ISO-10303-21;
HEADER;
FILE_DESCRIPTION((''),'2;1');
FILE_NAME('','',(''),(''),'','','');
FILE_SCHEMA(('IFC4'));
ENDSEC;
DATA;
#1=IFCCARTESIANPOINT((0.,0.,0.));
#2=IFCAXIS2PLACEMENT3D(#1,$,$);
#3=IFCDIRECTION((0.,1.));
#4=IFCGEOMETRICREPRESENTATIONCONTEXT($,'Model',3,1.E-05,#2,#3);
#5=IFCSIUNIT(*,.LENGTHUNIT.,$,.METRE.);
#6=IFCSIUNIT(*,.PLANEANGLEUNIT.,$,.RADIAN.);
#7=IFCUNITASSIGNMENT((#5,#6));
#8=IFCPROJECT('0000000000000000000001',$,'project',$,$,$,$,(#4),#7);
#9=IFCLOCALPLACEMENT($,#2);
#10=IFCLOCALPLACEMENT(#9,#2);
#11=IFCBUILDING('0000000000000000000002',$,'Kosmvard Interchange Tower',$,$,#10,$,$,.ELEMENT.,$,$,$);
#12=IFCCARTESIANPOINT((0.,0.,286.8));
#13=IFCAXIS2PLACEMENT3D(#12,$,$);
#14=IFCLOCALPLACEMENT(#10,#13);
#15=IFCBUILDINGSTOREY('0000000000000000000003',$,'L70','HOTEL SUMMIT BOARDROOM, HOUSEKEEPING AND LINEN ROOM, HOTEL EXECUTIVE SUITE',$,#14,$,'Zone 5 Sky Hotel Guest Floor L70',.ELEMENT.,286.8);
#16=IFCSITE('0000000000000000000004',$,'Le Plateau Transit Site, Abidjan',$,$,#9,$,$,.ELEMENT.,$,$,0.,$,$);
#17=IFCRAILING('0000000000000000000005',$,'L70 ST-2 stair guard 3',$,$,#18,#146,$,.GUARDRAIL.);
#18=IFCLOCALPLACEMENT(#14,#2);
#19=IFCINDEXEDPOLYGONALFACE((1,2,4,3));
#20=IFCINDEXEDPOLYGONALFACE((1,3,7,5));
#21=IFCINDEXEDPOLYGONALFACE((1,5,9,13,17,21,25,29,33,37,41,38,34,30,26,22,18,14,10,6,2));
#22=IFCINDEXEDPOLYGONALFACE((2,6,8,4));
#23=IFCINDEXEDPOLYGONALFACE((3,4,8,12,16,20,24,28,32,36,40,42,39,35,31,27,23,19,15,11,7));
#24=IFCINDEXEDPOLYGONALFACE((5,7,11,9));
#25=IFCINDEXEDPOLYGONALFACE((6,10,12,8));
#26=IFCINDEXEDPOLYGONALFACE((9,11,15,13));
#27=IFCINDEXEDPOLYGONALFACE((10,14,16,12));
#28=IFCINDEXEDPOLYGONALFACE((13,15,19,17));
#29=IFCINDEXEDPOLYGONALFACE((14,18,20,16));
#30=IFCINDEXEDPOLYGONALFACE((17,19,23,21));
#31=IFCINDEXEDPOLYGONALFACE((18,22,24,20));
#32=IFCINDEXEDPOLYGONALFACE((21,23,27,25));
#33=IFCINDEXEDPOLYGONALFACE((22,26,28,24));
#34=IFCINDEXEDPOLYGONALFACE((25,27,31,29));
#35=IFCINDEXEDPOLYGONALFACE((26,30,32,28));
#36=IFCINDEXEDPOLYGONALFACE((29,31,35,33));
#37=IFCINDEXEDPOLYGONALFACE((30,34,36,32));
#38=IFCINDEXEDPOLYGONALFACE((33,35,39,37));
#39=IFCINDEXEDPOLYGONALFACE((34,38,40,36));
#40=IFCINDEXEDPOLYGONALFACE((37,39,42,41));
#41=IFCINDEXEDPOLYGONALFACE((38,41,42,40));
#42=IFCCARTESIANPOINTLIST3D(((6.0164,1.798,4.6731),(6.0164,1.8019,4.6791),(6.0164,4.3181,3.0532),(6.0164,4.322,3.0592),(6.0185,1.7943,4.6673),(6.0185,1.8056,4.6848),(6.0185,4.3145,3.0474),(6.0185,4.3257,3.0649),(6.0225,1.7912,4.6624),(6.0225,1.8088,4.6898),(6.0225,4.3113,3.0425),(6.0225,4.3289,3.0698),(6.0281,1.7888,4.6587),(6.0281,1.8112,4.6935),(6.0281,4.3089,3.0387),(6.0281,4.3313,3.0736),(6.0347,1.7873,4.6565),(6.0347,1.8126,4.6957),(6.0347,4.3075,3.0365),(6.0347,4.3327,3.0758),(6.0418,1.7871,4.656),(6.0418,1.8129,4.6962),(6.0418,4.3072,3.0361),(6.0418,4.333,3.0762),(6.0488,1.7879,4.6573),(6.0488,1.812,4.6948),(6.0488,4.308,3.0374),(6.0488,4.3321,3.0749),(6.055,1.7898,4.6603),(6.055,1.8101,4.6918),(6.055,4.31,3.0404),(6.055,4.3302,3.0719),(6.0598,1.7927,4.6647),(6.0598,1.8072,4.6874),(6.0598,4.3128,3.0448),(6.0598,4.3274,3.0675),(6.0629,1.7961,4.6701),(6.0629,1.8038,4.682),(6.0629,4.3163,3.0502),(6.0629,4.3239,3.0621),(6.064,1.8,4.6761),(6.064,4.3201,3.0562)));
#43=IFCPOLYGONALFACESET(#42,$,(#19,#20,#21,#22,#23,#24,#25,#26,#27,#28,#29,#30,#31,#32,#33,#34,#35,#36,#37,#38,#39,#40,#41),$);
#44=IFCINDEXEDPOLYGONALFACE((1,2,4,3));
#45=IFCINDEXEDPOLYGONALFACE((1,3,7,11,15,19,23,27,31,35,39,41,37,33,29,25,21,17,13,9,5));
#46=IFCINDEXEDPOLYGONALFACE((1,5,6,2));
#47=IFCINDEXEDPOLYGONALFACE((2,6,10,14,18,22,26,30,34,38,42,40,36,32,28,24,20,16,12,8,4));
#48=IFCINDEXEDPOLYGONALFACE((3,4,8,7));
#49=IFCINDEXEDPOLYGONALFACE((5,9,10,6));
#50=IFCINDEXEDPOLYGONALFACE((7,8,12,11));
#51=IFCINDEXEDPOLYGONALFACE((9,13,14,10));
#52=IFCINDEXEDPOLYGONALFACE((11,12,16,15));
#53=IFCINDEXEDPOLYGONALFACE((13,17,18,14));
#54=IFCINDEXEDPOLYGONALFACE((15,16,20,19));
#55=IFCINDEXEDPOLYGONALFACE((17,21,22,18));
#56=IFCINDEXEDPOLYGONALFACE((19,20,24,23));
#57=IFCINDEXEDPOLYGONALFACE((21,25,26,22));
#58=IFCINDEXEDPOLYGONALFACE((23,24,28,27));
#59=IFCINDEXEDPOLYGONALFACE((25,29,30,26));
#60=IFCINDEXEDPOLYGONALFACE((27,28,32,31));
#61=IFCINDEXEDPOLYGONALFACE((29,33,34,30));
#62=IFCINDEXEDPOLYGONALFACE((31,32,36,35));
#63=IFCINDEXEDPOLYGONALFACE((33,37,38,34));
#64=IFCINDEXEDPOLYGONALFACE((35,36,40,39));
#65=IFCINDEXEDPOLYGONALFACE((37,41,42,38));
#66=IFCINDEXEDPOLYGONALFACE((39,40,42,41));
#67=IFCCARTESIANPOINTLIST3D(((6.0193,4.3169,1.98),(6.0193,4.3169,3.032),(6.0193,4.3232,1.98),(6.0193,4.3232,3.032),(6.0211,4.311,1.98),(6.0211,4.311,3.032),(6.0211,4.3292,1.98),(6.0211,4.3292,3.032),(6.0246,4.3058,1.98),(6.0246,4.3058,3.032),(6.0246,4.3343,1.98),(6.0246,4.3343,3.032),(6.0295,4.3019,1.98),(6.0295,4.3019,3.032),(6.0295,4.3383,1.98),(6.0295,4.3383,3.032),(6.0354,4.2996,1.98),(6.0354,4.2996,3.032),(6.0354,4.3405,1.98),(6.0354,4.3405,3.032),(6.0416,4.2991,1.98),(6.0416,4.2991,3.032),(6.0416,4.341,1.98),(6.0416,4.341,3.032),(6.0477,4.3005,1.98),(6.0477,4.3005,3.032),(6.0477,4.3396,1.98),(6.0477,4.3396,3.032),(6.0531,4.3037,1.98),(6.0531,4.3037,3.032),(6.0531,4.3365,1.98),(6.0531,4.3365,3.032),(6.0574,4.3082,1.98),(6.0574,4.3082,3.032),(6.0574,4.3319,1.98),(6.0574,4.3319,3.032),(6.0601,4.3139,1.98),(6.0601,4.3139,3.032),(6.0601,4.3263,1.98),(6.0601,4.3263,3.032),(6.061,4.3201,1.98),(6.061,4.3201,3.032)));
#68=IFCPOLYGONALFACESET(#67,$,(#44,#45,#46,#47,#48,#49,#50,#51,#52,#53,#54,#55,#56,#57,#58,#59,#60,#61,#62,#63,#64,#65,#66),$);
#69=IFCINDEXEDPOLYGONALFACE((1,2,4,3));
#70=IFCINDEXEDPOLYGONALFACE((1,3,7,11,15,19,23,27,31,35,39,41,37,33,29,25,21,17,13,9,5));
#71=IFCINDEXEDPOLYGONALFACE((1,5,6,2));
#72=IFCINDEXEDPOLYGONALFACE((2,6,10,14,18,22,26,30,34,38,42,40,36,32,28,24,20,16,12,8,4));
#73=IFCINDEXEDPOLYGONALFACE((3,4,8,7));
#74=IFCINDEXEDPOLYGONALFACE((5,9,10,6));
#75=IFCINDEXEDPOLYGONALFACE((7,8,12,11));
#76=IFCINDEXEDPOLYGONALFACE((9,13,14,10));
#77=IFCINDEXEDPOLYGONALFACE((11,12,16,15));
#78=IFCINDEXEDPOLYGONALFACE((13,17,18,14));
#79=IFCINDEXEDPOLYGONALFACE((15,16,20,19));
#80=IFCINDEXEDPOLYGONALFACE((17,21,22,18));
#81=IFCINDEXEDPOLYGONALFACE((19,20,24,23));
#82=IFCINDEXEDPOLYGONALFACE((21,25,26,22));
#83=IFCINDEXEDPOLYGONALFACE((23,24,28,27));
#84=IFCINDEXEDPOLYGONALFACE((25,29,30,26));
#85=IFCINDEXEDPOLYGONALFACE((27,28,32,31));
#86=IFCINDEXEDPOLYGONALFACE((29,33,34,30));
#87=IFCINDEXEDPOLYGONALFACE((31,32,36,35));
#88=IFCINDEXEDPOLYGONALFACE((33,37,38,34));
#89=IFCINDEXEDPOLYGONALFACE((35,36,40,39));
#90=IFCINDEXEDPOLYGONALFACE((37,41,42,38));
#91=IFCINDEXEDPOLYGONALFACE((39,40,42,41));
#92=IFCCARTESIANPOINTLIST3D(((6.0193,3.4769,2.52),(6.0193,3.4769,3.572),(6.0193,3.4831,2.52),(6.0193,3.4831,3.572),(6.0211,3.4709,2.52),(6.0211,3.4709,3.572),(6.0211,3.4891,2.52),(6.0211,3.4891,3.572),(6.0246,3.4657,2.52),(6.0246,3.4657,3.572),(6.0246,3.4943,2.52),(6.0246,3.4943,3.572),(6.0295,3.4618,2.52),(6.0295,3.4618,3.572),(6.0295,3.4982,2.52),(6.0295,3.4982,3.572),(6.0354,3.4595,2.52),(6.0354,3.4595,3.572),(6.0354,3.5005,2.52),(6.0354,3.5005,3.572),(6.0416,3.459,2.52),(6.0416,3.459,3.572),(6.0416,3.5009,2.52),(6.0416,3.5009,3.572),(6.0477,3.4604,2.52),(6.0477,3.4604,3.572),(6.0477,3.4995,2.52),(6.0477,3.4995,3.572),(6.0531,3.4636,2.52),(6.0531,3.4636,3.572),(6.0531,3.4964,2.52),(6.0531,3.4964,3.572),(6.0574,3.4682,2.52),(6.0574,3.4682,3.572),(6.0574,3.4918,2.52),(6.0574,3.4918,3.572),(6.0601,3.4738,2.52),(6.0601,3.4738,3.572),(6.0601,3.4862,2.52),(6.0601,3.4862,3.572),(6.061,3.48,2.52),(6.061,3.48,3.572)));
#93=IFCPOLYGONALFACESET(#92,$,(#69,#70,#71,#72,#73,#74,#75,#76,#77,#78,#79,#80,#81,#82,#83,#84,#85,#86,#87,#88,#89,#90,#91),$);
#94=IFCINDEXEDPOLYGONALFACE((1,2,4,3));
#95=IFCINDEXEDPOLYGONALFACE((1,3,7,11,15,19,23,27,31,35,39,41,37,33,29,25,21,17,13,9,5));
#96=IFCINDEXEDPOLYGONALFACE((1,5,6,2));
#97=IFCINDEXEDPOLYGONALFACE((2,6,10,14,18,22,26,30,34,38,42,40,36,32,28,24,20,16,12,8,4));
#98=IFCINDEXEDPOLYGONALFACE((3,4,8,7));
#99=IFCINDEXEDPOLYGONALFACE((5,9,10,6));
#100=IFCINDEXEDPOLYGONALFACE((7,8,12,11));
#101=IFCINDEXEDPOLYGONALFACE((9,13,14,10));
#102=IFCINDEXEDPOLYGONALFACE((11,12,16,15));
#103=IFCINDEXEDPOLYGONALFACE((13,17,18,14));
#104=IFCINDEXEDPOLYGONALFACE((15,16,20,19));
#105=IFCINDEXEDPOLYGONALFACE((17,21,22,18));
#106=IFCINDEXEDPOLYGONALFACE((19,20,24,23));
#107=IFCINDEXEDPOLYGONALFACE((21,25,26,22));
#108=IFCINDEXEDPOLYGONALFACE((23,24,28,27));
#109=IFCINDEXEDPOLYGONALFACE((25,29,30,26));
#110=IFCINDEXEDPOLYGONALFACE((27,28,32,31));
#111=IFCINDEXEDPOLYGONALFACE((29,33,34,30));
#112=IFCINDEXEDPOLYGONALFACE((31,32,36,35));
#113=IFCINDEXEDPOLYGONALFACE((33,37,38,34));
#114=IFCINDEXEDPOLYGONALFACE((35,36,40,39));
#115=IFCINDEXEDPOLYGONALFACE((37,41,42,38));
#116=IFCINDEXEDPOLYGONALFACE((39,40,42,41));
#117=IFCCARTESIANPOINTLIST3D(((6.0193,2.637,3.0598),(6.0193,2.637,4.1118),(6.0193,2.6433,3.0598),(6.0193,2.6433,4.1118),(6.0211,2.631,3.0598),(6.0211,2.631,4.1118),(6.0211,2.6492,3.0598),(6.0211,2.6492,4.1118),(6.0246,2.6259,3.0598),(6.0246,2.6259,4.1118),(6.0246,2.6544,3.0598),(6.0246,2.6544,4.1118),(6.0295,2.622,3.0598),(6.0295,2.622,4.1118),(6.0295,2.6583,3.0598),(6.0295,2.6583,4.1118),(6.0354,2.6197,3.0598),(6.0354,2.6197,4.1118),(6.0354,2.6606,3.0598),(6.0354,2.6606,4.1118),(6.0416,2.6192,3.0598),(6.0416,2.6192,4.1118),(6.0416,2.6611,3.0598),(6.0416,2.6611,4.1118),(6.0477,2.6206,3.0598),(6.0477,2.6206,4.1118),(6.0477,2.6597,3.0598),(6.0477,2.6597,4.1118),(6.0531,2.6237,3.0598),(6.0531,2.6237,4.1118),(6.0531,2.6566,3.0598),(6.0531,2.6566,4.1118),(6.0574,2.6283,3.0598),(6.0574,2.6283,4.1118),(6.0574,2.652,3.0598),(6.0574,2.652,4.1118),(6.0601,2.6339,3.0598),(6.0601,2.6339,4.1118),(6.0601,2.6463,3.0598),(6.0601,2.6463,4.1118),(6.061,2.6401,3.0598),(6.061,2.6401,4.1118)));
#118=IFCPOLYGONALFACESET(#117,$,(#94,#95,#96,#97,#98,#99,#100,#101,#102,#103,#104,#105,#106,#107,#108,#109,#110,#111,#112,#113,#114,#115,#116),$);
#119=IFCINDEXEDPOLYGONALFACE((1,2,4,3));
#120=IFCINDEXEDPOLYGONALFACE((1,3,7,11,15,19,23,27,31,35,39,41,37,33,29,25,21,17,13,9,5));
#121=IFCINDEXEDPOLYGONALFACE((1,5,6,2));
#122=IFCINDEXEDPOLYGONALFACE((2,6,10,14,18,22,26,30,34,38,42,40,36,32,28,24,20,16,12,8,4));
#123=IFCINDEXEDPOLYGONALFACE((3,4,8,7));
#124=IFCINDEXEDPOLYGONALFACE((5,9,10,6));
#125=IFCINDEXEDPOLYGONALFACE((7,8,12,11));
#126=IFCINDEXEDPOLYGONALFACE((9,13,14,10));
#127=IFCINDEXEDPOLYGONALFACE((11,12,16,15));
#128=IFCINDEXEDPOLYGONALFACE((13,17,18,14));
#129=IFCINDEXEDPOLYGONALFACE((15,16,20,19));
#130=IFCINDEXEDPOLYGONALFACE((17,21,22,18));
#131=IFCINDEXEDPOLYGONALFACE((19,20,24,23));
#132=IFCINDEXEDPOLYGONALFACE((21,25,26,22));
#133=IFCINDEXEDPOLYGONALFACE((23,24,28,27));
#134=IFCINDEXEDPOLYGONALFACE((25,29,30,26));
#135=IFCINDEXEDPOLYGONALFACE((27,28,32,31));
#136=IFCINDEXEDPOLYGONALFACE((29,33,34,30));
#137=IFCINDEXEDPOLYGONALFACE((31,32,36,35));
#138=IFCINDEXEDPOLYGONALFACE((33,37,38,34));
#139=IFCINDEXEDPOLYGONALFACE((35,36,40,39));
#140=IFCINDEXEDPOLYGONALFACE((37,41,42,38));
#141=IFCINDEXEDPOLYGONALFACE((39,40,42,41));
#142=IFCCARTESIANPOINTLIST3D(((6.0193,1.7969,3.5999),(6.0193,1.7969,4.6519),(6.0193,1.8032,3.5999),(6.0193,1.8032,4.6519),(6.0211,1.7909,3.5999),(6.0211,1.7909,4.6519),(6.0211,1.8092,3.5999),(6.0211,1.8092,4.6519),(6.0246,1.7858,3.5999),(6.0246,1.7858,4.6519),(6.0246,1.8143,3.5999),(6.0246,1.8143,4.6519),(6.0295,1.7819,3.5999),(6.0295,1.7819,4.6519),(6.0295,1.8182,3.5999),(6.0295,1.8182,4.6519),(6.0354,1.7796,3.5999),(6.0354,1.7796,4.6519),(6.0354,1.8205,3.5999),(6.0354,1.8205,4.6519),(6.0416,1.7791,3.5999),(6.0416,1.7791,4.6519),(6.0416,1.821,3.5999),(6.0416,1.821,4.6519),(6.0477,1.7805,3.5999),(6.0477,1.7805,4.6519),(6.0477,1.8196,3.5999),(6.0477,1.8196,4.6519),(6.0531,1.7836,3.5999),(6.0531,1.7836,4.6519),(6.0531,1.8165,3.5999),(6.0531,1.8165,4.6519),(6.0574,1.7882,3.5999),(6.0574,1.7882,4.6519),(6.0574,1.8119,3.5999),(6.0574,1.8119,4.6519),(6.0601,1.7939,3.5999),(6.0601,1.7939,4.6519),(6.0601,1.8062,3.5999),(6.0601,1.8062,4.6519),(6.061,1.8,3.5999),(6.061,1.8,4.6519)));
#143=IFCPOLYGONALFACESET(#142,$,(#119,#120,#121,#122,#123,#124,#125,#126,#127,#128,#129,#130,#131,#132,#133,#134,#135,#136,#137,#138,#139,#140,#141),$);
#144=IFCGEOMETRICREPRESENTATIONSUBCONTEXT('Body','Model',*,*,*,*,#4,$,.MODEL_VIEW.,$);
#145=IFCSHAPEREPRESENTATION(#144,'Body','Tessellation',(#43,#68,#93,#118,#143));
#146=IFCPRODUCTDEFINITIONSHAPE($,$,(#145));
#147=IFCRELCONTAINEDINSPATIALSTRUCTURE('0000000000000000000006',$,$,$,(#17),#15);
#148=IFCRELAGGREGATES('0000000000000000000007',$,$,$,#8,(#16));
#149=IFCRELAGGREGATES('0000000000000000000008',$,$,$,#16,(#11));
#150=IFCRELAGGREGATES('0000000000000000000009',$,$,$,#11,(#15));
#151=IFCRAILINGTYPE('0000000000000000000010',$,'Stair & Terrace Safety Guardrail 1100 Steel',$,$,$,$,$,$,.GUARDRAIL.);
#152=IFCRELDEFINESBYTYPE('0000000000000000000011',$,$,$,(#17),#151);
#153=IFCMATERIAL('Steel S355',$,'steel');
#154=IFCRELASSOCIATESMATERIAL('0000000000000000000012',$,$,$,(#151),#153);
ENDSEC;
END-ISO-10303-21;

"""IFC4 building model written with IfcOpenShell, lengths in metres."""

from ifc_helpers import new_model, si_unit, direction, frame, origin, origin_2d, place, context, subcontext, project, spatial, circle, extrude, source, transform, mapped, material, type_object, element, save


model = new_model("IFC4")

# Units and contexts
model_context = context("Model", 3, precision=1e-05, world=origin(), true_north=direction((0.0, 1.0)))
body_context = subcontext(model_context, "Body", "Model", "MODEL_VIEW")
ifc_project = project(units=[si_unit("LENGTHUNIT", "METRE"), si_unit("PLANEANGLEUNIT", "RADIAN")], contexts=[model_context])

# Site, building, storey
site_placement = place(None, origin())
site = spatial("IfcSite", under=ifc_project, at=site_placement, Name="Le Plateau Transit Site, Abidjan", CompositionType="ELEMENT", RefElevation=0.0)
building_placement = place(site_placement, origin())
building = spatial("IfcBuilding", under=site, at=building_placement, Name="Kosmvard Interchange Tower", CompositionType="ELEMENT")
storey_placement = place(building_placement, frame((0.0, 0.0, 286.8)))
storey = spatial("IfcBuildingStorey", under=building, at=storey_placement, Name="L70", Description="HOTEL SUMMIT BOARDROOM, HOUSEKEEPING AND LINEN ROOM, HOTEL EXECUTIVE SUITE", LongName="Zone 5 Sky Hotel Guest Floor L70", CompositionType="ELEMENT", Elevation=286.8)

# Shared definitions
ifc_material_1 = material(Name="Steel S355", Category="steel")

# Railing
railing_type_1 = type_object("IfcRailingType", Name="Stair & Terrace Safety Guardrail 1100 Steel", PredefinedType="GUARDRAIL", material=ifc_material_1)
shared_shape_1 = source(origin(), body_context, "Body", "SweptSolid", [
    extrude(circle(Radius=0.0239, at=origin_2d()), frame((0.0, 0.0, 1.0762), z_axis=(0.0, -0.8412, 0.540725), x_axis=(1.0, 0.0, 0.0)), (0.0, 0.0, 1.0), 2.9958),
    extrude(circle(Radius=0.021, at=origin_2d()), origin(), (0.0, 0.0, 1.0), 1.052),
    extrude(circle(Radius=0.021, at=origin_2d()), frame((0.0, -0.8401, 0.54)), (0.0, 0.0, 1.0), 1.052),
    extrude(circle(Radius=0.021, at=origin_2d()), frame((0.0, -1.6799, 1.0798)), (0.0, 0.0, 1.0), 1.052),
    extrude(circle(Radius=0.021, at=origin_2d()), frame((0.0, -2.52, 1.6199)), (0.0, 0.0, 1.0), 1.052),
])
railing_1_placement = place(storey_placement, frame((6.04, 4.3201, 1.98)))
element("IfcRailing", 1, at=railing_1_placement, inside=storey, type_object=railing_type_1, Name="L70 ST-2 stair guard 3", PredefinedType="GUARDRAIL", context=body_context, shape_type="MappedRepresentation", body=[
    mapped(shared_shape_1, transform((0.0, 0.0, 0.0), scale=1.0)),
])

save(model, "model.ifc")
